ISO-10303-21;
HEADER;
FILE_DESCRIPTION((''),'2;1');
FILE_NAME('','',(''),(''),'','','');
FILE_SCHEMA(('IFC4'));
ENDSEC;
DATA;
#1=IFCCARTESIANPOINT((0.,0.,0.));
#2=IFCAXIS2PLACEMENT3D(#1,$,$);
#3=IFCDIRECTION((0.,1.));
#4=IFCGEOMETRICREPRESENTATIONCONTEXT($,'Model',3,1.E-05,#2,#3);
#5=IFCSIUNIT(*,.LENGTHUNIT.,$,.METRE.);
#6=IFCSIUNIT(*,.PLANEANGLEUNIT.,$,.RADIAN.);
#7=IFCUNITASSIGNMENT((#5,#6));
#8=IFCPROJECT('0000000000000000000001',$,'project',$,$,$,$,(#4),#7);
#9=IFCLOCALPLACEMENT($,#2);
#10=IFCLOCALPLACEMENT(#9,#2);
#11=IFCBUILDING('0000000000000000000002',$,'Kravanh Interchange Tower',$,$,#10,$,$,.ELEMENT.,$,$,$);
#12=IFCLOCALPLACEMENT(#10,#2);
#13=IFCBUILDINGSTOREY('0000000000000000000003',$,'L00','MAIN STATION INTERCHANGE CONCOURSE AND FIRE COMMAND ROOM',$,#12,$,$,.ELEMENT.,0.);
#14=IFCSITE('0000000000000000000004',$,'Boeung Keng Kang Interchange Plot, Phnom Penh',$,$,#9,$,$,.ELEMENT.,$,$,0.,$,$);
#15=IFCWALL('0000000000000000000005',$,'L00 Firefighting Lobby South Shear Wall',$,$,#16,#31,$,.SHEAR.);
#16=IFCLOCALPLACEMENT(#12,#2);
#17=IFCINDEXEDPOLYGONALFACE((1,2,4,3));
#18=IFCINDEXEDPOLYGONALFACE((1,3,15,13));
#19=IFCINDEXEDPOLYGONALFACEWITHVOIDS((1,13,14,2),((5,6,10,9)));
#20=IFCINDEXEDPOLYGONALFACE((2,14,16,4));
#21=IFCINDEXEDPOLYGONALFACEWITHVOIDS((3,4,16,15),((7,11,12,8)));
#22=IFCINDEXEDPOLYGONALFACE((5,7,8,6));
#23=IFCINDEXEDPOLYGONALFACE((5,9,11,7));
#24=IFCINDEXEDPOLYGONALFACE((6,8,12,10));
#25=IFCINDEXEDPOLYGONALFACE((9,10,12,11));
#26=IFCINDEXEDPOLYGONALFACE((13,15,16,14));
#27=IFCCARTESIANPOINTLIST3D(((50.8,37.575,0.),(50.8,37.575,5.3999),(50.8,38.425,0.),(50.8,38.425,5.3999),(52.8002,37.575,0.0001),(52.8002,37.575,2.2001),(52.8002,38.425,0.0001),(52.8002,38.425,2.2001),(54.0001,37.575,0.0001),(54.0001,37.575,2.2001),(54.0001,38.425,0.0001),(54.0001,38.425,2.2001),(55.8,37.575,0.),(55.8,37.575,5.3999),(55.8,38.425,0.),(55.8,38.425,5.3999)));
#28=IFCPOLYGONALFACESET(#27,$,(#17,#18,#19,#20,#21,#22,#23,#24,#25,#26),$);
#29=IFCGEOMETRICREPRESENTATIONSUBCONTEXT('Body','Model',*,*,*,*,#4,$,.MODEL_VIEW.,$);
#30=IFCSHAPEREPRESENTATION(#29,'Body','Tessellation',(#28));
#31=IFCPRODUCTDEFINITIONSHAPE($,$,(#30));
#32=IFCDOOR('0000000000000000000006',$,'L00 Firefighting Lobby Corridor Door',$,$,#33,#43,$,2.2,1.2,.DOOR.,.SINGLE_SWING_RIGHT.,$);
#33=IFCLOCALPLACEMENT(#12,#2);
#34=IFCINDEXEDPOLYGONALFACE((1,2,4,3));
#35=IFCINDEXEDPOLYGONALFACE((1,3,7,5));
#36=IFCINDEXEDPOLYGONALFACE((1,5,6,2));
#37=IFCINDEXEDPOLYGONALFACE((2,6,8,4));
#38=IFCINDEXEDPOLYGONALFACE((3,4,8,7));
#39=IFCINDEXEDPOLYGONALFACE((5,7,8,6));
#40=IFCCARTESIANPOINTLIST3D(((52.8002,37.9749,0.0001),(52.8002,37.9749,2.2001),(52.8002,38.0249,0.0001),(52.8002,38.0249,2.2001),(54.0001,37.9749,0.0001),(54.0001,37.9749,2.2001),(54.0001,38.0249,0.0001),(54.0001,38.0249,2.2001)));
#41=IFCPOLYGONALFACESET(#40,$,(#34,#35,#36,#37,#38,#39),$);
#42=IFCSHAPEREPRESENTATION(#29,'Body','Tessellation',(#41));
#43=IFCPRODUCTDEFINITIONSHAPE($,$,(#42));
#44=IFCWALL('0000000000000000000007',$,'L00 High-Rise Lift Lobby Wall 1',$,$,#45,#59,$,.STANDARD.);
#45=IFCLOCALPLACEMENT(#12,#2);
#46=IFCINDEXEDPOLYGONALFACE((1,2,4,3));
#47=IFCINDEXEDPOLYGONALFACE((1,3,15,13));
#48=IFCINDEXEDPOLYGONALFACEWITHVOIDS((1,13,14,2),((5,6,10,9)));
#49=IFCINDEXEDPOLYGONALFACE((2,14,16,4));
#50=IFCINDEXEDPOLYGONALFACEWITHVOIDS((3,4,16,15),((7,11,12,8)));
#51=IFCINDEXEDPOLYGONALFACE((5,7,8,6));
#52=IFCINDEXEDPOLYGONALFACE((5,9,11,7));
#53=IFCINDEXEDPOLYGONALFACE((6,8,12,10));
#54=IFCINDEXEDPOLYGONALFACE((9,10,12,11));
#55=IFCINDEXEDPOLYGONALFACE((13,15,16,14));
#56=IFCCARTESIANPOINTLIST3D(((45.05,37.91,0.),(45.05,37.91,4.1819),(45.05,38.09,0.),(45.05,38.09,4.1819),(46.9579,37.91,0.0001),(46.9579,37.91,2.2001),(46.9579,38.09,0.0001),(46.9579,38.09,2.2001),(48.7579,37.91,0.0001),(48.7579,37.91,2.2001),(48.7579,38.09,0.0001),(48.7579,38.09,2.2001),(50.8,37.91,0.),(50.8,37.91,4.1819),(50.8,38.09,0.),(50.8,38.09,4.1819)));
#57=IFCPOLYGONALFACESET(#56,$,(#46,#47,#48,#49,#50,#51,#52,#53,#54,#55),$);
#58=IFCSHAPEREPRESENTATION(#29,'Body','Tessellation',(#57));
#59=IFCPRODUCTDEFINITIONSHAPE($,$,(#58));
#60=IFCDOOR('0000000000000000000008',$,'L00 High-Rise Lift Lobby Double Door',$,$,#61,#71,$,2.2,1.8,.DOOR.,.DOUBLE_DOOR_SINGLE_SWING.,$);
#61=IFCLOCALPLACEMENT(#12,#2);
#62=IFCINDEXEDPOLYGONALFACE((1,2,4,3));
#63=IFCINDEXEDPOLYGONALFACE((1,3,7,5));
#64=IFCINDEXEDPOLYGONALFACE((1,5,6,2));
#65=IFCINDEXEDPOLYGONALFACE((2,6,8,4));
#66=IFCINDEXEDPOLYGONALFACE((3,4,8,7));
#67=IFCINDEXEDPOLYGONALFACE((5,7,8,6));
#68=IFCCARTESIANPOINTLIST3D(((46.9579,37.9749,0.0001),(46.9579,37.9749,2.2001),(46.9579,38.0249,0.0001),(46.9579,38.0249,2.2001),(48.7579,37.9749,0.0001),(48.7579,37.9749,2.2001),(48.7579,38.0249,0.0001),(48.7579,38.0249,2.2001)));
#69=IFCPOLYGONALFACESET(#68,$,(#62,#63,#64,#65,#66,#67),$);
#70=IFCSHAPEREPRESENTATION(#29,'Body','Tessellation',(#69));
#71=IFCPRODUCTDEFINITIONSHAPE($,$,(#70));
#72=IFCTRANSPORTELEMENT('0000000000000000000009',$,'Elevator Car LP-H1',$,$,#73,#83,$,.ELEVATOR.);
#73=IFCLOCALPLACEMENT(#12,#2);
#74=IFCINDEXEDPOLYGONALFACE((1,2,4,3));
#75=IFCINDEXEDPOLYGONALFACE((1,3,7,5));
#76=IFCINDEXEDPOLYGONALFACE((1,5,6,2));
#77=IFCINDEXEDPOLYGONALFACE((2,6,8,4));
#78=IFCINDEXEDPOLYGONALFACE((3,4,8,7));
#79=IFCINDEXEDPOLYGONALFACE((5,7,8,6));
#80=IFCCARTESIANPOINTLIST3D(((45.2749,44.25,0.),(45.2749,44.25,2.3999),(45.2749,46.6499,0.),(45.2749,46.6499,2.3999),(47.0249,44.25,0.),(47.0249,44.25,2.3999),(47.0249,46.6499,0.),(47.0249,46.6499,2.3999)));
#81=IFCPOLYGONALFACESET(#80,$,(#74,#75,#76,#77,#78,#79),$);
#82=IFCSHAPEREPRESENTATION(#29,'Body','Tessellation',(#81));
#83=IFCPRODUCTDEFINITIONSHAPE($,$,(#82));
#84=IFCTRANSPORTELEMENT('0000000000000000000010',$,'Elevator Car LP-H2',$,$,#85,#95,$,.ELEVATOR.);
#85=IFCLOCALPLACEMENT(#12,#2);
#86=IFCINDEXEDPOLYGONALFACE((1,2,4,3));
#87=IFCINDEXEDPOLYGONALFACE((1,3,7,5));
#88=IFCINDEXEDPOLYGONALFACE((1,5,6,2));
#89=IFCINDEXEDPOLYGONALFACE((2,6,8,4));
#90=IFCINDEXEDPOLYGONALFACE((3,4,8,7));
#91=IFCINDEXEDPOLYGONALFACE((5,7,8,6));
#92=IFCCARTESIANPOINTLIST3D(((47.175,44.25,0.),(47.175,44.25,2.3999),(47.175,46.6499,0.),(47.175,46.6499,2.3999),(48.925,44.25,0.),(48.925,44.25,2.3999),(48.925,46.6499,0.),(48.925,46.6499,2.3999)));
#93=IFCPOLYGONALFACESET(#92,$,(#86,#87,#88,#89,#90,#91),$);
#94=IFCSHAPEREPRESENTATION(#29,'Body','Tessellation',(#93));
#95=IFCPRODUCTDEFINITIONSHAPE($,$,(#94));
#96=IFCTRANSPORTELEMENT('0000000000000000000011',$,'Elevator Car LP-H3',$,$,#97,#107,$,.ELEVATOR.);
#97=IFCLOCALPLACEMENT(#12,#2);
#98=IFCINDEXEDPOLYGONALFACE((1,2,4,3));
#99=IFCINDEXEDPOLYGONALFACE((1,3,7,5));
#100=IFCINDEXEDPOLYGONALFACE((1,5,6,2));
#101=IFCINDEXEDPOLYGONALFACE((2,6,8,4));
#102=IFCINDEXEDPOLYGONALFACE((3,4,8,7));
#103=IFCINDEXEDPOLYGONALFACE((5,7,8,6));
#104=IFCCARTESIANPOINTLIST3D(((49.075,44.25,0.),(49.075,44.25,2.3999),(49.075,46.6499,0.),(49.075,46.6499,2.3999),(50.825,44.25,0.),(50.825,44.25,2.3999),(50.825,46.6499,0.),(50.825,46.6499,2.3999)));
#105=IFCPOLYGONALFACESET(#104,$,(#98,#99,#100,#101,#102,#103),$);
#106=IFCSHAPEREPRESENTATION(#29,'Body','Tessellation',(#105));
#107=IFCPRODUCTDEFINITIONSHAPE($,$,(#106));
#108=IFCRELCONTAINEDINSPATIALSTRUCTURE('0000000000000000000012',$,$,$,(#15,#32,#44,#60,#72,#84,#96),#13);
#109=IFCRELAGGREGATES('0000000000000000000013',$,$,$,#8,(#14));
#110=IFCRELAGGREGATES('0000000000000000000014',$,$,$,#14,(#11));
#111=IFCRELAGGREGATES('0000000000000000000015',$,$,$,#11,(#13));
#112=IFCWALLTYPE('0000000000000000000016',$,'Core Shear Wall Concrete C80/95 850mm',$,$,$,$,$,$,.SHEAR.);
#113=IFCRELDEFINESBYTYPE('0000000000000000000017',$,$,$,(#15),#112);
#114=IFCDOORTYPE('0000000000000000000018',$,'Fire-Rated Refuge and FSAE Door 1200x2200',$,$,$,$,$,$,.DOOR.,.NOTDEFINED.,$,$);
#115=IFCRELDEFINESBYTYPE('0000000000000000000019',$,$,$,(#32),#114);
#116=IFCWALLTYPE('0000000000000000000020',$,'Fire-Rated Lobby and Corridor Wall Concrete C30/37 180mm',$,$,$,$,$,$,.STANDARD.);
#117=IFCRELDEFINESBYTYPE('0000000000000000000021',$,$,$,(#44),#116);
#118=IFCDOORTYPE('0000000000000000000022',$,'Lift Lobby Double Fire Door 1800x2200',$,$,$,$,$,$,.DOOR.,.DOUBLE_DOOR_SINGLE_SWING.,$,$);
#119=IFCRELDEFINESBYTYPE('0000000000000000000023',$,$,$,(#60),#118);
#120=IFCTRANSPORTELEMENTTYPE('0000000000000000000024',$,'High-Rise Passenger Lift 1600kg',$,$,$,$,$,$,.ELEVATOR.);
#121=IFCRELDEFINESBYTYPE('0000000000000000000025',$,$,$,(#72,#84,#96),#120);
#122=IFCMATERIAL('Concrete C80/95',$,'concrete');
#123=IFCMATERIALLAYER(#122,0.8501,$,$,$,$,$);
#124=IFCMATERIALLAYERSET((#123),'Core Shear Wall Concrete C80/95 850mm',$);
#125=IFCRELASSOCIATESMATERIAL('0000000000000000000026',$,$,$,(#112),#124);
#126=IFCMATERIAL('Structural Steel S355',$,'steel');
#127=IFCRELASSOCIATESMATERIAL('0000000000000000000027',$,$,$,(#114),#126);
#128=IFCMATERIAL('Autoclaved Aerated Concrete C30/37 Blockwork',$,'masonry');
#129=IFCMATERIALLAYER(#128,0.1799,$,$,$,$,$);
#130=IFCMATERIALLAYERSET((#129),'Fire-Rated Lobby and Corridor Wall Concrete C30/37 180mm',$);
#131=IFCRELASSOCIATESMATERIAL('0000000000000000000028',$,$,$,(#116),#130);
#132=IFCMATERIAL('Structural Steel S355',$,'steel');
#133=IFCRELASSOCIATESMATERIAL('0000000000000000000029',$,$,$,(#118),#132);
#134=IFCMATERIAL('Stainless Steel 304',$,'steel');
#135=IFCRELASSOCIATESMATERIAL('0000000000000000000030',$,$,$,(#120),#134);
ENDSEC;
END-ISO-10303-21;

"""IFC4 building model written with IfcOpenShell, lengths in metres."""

from ifc_helpers import new_model, si_unit, direction, frame, frame_2d, origin, origin_2d, place, context, subcontext, project, spatial, rectangle, extrude, material, layer, layer_set, type_object, element, fill, save


model = new_model("IFC4")

# Units and contexts
model_context = context("Model", 3, precision=1e-05, world=origin(), true_north=direction((0.0, 1.0)))
body_context = subcontext(model_context, "Body", "Model", "MODEL_VIEW")
ifc_project = project(units=[si_unit("LENGTHUNIT", "METRE"), si_unit("PLANEANGLEUNIT", "RADIAN")], contexts=[model_context])

# Site, building, storey
site_placement = place(None, origin())
site = spatial("IfcSite", under=ifc_project, at=site_placement, Name="Boeung Keng Kang Interchange Plot, Phnom Penh", CompositionType="ELEMENT", RefElevation=0.0)
building_placement = place(site_placement, origin())
building = spatial("IfcBuilding", under=site, at=building_placement, Name="Kravanh Interchange Tower", CompositionType="ELEMENT")
storey_placement = place(building_placement, origin())
storey = spatial("IfcBuildingStorey", under=building, at=storey_placement, Name="L00", Description="MAIN STATION INTERCHANGE CONCOURSE AND FIRE COMMAND ROOM", CompositionType="ELEMENT", Elevation=0.0)

# Shared definitions
ifc_material_1 = material(Name="Concrete C80/95", Category="concrete")
ifc_layer_1 = layer(ifc_material_1, 0.8501)
ifc_layer_set_1 = layer_set([ifc_layer_1], Name="Core Shear Wall Concrete C80/95 850mm")
wall_type_1 = type_object("IfcWallType", Name="Core Shear Wall Concrete C80/95 850mm", PredefinedType="SHEAR", material=ifc_layer_set_1)

# Walls, openings, doors
wall_1_placement = place(storey_placement, frame((50.8, 38.0, 0.0), z_axis=(0.0, 0.0, 1.0), x_axis=(1.0, 0.0, 0.0)))
wall_1 = element("IfcWall", 1, at=wall_1_placement, inside=storey, type_object=wall_type_1, Name="L00 Firefighting Lobby South Shear Wall", PredefinedType="SHEAR", context=body_context, shape_type="SweptSolid", body=[
    extrude(rectangle(XDim=5.0, YDim=0.8501, at=frame_2d((2.5, 0.0))), origin(), (0.0, 0.0, 1.0), 5.3999),
])
opening_1_placement = place(wall_1_placement, frame((2.0, 0.0, 0.0)))
opening_1 = element("IfcOpeningElement", 2, at=opening_1_placement, cuts=wall_1, PredefinedType="OPENING", context=body_context, shape_type="SweptSolid", body=[
    extrude(rectangle(XDim=1.2, YDim=2.2, at=frame_2d((0.6001, 1.1001))), frame((0.0, 0.4351, 0.0), z_axis=(0.0, -1.0, 0.0), x_axis=(1.0, 0.0, 0.0)), (0.0, 0.0, 1.0), 0.8701),
])
ifc_material_2 = material(Name="Structural Steel S355", Category="steel")
door_type_1 = type_object("IfcDoorType", Name="Fire-Rated Refuge and FSAE Door 1200x2200", OperationType="NOTDEFINED", PredefinedType="DOOR", material=ifc_material_2)
door_1_placement = place(opening_1_placement, origin())
door_1 = element("IfcDoor", 3, at=door_1_placement, inside=storey, type_object=door_type_1, Name="L00 Firefighting Lobby Corridor Door", OperationType="SINGLE_SWING_RIGHT", OverallHeight=2.2, OverallWidth=1.2, PredefinedType="DOOR", context=body_context, shape_type="SweptSolid", body=[
    extrude(rectangle(XDim=1.2, YDim=2.2, at=frame_2d((0.6001, 1.1001))), frame((0.0, 0.0249, 0.0), z_axis=(0.0, -1.0, 0.0), x_axis=(1.0, 0.0, 0.0)), (0.0, 0.0, 1.0), 0.05),
])
fill(opening_1, door_1)
ifc_material_3 = material(Name="Autoclaved Aerated Concrete C30/37 Blockwork", Category="masonry")
ifc_layer_2 = layer(ifc_material_3, 0.1799)
ifc_layer_set_2 = layer_set([ifc_layer_2], Name="Fire-Rated Lobby and Corridor Wall Concrete C30/37 180mm")
wall_type_2 = type_object("IfcWallType", Name="Fire-Rated Lobby and Corridor Wall Concrete C30/37 180mm", PredefinedType="STANDARD", material=ifc_layer_set_2)
wall_2_placement = place(storey_placement, frame((45.05, 38.0, 0.0), z_axis=(0.0, 0.0, 1.0), x_axis=(1.0, 0.0, 0.0)))
wall_2 = element("IfcWall", 4, at=wall_2_placement, inside=storey, type_object=wall_type_2, Name="L00 High-Rise Lift Lobby Wall 1", PredefinedType="STANDARD", context=body_context, shape_type="SweptSolid", body=[
    extrude(rectangle(XDim=5.75, YDim=0.1799, at=frame_2d((2.875, 0.0))), origin(), (0.0, 0.0, 1.0), 4.1819),
])
opening_2_placement = place(wall_2_placement, frame((1.908, 0.0, 0.0)))
opening_2 = element("IfcOpeningElement", 5, at=opening_2_placement, cuts=wall_2, PredefinedType="OPENING", context=body_context, shape_type="SweptSolid", body=[
    extrude(rectangle(XDim=1.8, YDim=2.2, at=frame_2d((0.8999, 1.1001))), frame((0.0, 0.1001, 0.0), z_axis=(0.0, -1.0, 0.0), x_axis=(1.0, 0.0, 0.0)), (0.0, 0.0, 1.0), 0.2),
])
ifc_material_4 = material(Name="Structural Steel S355", Category="steel")
door_type_2 = type_object("IfcDoorType", Name="Lift Lobby Double Fire Door 1800x2200", OperationType="DOUBLE_DOOR_SINGLE_SWING", PredefinedType="DOOR", material=ifc_material_4)
door_2_placement = place(opening_2_placement, origin())
door_2 = element("IfcDoor", 6, at=door_2_placement, inside=storey, type_object=door_type_2, Name="L00 High-Rise Lift Lobby Double Door", OperationType="DOUBLE_DOOR_SINGLE_SWING", OverallHeight=2.2, OverallWidth=1.8, PredefinedType="DOOR", context=body_context, shape_type="SweptSolid", body=[
    extrude(rectangle(XDim=1.8, YDim=2.2, at=frame_2d((0.8999, 1.1001))), frame((0.0, 0.0249, 0.0), z_axis=(0.0, -1.0, 0.0), x_axis=(1.0, 0.0, 0.0)), (0.0, 0.0, 1.0), 0.05),
])
fill(opening_2, door_2)

# Transport elements
ifc_material_5 = material(Name="Stainless Steel 304", Category="steel")
transport_element_type = type_object("IfcTransportElementType", Name="High-Rise Passenger Lift 1600kg", PredefinedType="ELEVATOR", material=ifc_material_5)
for number, where, z_axis, x_axis, name in (
    (7, (46.1499, 45.45, 0.0), (0.0, 0.0, 1.0), (1.0, 0.0, 0.0), "Elevator Car LP-H1"),
    (8, (48.05, 45.45, 0.0), (0.0, 0.0, 1.0), (1.0, 0.0, 0.0), "Elevator Car LP-H2"),
    (9, (49.95, 45.45, 0.0), (0.0, 0.0, 1.0), (1.0, 0.0, 0.0), "Elevator Car LP-H3"),
):
    element("IfcTransportElement", number, at=place(storey_placement, frame(where, z_axis=z_axis, x_axis=x_axis)), inside=storey, type_object=transport_element_type, Name=name, PredefinedType="ELEVATOR", context=body_context, shape_type="SweptSolid", body=[
        extrude(rectangle(XDim=1.75, YDim=2.3999, at=origin_2d()), origin(), (0.0, 0.0, 1.0), 2.3999),
    ])

save(model, "model.ifc")
